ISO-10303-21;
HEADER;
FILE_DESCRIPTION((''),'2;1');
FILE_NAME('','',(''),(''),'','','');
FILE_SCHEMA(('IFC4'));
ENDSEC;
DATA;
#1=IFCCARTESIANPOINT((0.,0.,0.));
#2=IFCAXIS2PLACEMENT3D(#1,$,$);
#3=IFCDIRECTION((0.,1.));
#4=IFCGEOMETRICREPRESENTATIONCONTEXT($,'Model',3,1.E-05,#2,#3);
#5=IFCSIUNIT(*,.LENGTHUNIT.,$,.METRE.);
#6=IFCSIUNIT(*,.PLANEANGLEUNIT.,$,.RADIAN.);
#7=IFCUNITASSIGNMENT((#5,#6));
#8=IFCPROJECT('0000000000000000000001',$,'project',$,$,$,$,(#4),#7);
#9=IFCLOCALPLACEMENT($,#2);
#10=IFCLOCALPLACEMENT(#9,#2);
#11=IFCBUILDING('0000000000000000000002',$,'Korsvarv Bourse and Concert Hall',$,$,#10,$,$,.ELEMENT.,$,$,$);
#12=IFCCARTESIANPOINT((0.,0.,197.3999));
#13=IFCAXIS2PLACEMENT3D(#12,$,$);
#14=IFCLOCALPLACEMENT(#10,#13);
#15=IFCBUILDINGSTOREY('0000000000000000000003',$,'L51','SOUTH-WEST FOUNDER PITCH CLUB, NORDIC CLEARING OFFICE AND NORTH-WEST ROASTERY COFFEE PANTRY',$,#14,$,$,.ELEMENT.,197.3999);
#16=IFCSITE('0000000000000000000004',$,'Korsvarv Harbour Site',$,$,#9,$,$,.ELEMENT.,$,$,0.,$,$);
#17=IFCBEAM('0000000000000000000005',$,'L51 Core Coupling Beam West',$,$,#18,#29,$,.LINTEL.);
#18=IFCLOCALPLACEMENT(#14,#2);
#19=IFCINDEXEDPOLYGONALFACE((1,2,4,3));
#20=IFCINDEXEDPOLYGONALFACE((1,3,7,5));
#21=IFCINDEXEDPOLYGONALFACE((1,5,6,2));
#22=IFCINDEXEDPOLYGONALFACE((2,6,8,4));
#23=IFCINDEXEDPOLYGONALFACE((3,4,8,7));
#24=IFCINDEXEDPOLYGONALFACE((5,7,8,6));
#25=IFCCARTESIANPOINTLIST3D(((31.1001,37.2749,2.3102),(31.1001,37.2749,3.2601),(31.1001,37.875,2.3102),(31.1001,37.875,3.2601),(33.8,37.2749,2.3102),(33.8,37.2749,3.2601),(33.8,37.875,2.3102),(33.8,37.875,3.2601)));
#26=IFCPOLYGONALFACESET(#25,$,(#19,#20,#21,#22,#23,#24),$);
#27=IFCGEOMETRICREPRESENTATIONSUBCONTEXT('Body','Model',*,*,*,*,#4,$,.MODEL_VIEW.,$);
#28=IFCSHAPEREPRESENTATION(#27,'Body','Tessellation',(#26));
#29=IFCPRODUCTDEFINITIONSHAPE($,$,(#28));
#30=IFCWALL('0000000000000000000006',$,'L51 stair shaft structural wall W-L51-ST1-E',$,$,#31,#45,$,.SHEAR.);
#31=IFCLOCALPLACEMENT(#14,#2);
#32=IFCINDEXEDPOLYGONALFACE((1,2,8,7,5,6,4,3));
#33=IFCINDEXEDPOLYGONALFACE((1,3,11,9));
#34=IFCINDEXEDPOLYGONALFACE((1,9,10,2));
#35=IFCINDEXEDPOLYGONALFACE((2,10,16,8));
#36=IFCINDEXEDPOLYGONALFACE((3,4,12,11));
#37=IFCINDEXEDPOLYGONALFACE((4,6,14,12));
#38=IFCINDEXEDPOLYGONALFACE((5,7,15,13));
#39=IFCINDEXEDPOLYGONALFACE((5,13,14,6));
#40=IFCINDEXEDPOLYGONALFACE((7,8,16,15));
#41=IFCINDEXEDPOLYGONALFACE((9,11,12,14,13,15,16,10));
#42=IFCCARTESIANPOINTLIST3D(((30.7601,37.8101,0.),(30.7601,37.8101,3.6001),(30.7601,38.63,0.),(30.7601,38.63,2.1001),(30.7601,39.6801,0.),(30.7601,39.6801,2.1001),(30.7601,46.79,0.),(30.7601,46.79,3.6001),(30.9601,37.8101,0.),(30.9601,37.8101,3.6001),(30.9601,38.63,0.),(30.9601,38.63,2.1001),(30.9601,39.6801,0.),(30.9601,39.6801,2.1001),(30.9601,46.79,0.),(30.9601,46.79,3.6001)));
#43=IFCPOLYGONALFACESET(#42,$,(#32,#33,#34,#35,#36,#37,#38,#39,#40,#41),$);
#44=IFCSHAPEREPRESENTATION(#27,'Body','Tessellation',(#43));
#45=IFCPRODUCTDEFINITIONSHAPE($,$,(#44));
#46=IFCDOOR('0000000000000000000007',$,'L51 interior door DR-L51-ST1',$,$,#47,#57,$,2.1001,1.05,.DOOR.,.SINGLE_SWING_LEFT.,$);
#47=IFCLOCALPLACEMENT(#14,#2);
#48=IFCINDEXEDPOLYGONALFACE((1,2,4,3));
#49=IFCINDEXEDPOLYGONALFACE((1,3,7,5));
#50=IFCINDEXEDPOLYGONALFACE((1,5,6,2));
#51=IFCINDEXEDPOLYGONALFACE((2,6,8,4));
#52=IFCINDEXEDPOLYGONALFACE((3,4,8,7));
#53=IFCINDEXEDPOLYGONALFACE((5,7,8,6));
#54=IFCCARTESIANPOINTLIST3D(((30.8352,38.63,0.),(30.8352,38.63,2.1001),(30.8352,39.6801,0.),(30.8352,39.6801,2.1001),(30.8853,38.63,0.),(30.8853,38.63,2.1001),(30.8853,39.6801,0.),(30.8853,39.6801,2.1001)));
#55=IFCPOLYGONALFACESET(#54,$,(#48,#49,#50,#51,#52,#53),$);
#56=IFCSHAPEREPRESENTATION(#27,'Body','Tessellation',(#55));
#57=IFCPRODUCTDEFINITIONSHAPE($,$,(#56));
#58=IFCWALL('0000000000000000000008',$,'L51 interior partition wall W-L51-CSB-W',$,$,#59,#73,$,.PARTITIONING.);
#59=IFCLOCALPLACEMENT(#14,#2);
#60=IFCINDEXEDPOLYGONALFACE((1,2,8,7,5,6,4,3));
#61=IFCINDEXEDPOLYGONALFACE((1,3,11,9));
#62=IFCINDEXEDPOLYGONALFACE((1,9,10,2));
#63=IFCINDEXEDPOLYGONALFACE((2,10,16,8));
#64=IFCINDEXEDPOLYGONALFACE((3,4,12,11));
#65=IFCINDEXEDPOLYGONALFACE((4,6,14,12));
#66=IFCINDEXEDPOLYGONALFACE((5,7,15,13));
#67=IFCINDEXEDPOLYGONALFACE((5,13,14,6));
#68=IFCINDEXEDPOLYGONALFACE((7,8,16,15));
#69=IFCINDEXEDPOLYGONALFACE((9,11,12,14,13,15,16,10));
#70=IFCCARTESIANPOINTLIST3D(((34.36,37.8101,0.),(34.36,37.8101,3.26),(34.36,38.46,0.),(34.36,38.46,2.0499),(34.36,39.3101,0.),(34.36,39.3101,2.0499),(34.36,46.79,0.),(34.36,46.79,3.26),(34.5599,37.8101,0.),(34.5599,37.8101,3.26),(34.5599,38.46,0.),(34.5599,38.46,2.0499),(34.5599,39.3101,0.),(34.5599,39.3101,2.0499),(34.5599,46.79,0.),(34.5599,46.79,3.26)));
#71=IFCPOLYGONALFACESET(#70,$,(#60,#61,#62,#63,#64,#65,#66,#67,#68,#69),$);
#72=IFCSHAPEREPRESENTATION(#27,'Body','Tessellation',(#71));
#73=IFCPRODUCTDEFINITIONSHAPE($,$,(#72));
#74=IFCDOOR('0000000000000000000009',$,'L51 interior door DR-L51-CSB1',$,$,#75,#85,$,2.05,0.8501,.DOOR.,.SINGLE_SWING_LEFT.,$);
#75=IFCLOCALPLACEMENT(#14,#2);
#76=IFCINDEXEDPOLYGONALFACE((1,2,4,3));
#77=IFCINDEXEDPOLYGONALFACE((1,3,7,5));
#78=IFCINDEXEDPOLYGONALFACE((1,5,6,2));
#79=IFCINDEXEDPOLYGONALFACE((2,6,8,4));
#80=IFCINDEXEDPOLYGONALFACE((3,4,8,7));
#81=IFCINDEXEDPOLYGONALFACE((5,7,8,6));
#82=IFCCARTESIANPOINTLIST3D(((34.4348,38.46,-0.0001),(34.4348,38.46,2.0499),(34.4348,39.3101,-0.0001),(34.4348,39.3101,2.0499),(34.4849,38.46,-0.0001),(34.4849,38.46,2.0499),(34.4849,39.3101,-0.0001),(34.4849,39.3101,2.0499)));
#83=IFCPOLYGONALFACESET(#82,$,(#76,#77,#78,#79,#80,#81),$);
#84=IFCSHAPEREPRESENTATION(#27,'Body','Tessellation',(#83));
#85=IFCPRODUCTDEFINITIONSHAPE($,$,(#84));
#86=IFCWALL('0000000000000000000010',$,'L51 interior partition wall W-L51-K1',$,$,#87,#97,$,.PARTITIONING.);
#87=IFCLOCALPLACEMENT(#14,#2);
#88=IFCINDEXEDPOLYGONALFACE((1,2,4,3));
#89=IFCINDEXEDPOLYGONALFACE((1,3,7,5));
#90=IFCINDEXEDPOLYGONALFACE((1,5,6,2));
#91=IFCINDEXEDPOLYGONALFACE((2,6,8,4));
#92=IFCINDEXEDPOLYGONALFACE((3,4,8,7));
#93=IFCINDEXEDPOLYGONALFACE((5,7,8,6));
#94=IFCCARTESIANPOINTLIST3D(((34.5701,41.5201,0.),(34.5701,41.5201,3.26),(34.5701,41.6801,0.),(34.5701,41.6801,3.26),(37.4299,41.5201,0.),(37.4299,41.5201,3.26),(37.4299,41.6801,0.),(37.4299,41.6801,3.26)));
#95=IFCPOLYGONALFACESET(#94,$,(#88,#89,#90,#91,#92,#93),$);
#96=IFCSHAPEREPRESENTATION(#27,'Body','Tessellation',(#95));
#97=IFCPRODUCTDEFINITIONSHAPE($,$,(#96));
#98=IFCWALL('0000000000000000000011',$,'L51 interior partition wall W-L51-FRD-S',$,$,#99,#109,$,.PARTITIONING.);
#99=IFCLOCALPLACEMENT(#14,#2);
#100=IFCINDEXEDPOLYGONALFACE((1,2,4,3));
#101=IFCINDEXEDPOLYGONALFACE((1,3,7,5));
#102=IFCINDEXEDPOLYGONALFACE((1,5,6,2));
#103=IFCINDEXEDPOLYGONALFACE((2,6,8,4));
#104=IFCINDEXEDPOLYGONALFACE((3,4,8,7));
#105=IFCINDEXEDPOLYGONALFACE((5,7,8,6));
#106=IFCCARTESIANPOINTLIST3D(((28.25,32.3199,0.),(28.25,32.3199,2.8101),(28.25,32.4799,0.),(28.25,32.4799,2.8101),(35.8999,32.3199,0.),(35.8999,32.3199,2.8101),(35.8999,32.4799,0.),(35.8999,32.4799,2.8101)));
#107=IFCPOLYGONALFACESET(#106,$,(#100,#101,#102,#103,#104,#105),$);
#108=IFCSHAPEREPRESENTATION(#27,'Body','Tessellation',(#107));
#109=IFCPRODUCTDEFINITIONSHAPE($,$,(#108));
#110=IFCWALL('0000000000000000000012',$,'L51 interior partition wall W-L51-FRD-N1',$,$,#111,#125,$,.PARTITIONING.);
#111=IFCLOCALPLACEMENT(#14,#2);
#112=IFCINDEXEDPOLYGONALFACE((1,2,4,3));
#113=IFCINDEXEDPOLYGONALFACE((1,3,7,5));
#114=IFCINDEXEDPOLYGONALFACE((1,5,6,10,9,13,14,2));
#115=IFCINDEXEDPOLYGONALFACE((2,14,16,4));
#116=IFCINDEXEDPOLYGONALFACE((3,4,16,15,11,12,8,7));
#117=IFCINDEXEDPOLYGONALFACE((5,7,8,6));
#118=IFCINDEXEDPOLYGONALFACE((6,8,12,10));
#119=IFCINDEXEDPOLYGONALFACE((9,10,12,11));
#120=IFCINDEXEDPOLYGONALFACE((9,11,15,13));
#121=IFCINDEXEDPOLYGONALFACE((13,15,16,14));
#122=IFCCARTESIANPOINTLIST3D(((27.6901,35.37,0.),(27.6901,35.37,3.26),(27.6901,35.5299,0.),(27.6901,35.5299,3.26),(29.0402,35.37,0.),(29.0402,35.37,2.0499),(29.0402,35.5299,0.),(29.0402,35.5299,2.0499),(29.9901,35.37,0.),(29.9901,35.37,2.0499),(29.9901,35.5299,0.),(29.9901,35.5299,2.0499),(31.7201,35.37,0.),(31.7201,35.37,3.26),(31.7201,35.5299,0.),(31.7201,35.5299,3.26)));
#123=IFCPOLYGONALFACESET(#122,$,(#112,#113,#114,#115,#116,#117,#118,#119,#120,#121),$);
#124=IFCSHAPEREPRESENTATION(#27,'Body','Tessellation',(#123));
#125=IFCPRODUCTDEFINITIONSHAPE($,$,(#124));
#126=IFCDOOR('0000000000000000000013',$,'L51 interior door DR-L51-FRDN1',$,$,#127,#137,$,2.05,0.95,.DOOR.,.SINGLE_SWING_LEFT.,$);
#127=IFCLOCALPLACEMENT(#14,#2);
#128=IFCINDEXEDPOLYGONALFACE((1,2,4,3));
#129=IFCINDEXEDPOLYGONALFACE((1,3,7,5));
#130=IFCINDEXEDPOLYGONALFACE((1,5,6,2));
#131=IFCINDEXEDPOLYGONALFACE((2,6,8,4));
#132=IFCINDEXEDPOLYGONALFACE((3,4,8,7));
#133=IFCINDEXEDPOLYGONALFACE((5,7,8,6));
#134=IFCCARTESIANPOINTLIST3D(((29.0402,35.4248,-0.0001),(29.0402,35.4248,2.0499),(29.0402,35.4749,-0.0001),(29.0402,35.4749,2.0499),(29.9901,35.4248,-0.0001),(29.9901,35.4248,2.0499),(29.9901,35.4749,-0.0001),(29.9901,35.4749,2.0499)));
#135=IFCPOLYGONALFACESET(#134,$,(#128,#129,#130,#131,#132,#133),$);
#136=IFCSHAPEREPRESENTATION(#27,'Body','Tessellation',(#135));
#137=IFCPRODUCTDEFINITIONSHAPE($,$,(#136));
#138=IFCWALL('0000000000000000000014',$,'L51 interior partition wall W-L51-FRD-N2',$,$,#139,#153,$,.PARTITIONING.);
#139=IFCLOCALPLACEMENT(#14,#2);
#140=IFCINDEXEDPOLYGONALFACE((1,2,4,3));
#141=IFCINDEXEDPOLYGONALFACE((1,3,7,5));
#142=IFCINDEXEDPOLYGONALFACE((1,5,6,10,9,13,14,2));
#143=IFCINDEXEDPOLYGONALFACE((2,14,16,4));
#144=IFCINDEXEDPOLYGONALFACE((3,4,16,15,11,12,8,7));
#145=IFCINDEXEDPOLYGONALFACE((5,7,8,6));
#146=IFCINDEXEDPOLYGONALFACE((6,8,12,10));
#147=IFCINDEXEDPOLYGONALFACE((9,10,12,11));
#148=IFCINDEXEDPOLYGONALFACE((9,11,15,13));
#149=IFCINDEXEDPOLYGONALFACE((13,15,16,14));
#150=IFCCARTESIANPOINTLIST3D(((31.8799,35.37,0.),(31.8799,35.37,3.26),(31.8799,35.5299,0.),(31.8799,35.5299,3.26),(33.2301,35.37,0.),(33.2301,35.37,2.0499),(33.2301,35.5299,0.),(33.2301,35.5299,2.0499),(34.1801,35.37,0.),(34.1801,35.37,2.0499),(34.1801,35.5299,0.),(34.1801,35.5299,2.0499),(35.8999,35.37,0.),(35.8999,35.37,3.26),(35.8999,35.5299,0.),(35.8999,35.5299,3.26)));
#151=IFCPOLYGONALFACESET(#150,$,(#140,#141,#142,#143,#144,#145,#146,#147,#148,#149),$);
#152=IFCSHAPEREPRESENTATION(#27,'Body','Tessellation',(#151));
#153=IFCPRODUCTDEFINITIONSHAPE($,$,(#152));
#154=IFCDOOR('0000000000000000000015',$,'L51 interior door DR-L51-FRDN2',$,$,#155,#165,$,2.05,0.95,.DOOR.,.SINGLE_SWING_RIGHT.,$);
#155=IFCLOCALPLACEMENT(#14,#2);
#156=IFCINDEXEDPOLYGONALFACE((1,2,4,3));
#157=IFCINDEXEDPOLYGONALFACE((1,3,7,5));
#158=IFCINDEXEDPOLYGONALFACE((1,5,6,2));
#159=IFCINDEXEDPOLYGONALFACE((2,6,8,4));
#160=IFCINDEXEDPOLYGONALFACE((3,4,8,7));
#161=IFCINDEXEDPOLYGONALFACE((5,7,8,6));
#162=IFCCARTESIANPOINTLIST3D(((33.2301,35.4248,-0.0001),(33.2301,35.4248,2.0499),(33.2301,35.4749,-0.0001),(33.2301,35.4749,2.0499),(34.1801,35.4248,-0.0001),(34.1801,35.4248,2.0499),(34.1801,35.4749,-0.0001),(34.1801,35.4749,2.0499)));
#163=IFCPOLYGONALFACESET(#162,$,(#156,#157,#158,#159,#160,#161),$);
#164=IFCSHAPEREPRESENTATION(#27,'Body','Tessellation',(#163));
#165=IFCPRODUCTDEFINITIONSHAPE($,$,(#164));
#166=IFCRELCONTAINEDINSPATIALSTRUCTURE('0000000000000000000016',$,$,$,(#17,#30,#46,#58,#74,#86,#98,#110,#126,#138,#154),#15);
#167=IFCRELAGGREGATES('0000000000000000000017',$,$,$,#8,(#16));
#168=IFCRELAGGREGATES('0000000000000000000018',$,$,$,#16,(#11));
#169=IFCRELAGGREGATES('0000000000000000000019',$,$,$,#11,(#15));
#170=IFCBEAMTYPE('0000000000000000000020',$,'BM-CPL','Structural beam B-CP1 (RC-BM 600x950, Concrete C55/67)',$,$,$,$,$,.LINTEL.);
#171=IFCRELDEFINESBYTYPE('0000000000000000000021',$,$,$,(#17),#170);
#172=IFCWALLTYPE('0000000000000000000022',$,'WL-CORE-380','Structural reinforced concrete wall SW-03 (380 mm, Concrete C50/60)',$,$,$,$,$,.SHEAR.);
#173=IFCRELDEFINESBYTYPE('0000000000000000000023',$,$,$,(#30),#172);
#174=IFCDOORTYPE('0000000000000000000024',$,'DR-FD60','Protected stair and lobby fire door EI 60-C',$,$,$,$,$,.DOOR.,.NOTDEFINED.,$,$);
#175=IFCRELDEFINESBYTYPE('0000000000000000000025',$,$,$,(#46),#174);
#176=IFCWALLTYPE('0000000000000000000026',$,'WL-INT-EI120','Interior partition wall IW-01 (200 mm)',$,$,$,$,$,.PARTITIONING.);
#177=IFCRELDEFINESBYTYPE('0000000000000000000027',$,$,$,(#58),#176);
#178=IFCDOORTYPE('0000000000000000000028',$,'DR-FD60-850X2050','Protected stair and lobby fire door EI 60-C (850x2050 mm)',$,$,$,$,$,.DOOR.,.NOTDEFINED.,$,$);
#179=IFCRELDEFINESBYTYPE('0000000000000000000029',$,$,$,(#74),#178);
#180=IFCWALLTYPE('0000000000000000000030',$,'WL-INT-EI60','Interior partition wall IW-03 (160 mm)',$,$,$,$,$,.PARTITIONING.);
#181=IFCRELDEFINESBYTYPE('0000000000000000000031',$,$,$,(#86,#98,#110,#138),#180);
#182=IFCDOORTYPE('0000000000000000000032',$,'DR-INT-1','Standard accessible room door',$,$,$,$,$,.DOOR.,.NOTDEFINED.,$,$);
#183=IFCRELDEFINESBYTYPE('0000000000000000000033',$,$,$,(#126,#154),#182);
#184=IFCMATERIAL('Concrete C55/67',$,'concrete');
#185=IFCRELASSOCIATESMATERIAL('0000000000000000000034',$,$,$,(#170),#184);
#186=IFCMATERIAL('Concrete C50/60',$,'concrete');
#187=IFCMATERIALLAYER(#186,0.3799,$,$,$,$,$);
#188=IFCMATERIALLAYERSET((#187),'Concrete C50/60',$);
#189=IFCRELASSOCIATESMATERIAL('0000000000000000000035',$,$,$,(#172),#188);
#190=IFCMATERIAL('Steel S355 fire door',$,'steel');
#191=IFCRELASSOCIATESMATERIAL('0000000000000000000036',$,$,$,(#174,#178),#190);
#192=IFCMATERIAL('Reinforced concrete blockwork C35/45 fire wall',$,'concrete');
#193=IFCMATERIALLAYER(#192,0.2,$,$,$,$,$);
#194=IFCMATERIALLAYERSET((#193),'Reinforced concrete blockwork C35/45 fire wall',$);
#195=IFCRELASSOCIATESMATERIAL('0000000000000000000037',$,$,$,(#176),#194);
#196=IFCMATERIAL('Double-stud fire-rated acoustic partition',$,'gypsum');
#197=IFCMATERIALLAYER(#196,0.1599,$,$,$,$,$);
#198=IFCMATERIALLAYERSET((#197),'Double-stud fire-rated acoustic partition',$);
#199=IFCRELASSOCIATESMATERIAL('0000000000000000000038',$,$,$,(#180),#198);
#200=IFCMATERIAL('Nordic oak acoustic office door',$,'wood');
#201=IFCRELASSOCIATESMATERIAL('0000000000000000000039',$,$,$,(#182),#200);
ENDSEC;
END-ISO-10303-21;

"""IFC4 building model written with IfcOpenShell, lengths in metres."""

from ifc_helpers import new_model, si_unit, direction, frame, frame_2d, origin, origin_2d, place, context, subcontext, project, spatial, rectangle, extrude, source, transform, mapped, material, layer, layer_set, material_profile, profile_set, type_object, element, fill, save


model = new_model("IFC4")

# Units and contexts
model_context = context("Model", 3, precision=1e-05, world=origin(), true_north=direction((0.0, 1.0)))
body_context = subcontext(model_context, "Body", "Model", "MODEL_VIEW")
ifc_project = project(units=[si_unit("LENGTHUNIT", "METRE"), si_unit("PLANEANGLEUNIT", "RADIAN")], contexts=[model_context])

# Site, building, storey
site_placement = place(None, origin())
site = spatial("IfcSite", under=ifc_project, at=site_placement, Name="Korsvarv Harbour Site", CompositionType="ELEMENT", RefElevation=0.0)
building_placement = place(site_placement, origin())
building = spatial("IfcBuilding", under=site, at=building_placement, Name="Korsvarv Bourse and Concert Hall", CompositionType="ELEMENT")
storey_placement = place(building_placement, frame((0.0, 0.0, 197.3999)))
storey = spatial("IfcBuildingStorey", under=building, at=storey_placement, Name="L51", Description="SOUTH-WEST FOUNDER PITCH CLUB, NORDIC CLEARING OFFICE AND NORTH-WEST ROASTERY COFFEE PANTRY", CompositionType="ELEMENT", Elevation=197.3999)

# Beam
ifc_material_1 = material(Name="Concrete C55/67", Category="concrete")
ifc_material_profile = material_profile(ifc_material_1, rectangle(XDim=0.6001, YDim=0.95, at=origin_2d()), Name="RC-BM 600x950")
ifc_profile_set = profile_set([ifc_material_profile], Name="Concrete C55/67")
beam_type = type_object("IfcBeamType", Name="BM-CPL", Description="Structural beam B-CP1 (RC-BM 600x950, Concrete C55/67)", PredefinedType="LINTEL", material=ifc_profile_set)
shared_shape = source(origin(), body_context, "Body", "SweptSolid", [
    extrude(rectangle(XDim=0.6001, YDim=0.95, at=origin_2d()), origin(), (0.0, 0.0, 1.0), 2.7),
])
beam_placement = place(storey_placement, frame((31.1001, 37.575, 2.7852), z_axis=(1.0, 0.0, 0.0), x_axis=(0.0, 1.0, 0.0)))
element("IfcBeam", 1, at=beam_placement, inside=storey, type_object=beam_type, Name="L51 Core Coupling Beam West", PredefinedType="LINTEL", context=body_context, shape_type="MappedRepresentation", body=[
    mapped(shared_shape, transform((0.0, 0.0, 0.0), scale=1.0)),
])

# Walls, openings, doors
ifc_material_2 = material(Name="Concrete C50/60", Category="concrete")
ifc_layer_1 = layer(ifc_material_2, 0.3799)
ifc_layer_set_1 = layer_set([ifc_layer_1], Name="Concrete C50/60")
wall_type_1 = type_object("IfcWallType", Name="WL-CORE-380", Description="Structural reinforced concrete wall SW-03 (380 mm, Concrete C50/60)", PredefinedType="SHEAR", material=ifc_layer_set_1)
wall_1_placement = place(storey_placement, frame((30.8601, 37.8101, 0.0), z_axis=(0.0, 0.0, 1.0), x_axis=(0.0, 1.0, 0.0)))
wall_1 = element("IfcWall", 2, at=wall_1_placement, inside=storey, type_object=wall_type_1, Name="L51 stair shaft structural wall W-L51-ST1-E", PredefinedType="SHEAR", context=body_context, shape_type="SweptSolid", body=[
    extrude(rectangle(XDim=8.98, YDim=0.2, at=frame_2d((4.49, 0.0))), origin(), (0.0, 0.0, 1.0), 3.6001),
])
opening_1_placement = place(wall_1_placement, frame((0.8201, 0.0, 0.0)))
opening_1 = element("IfcOpeningElement", 3, at=opening_1_placement, cuts=wall_1, PredefinedType="OPENING", context=body_context, shape_type="SweptSolid", body=[
    extrude(rectangle(XDim=1.05, YDim=2.1001, at=frame_2d((0.5249, 1.05))), frame((0.0, 0.1099, 0.0), z_axis=(0.0, -1.0, 0.0), x_axis=(1.0, 0.0, 0.0)), (0.0, 0.0, 1.0), 0.22),
])
ifc_material_3 = material(Name="Steel S355 fire door", Category="steel")
door_type_1 = type_object("IfcDoorType", Name="DR-FD60", Description="Protected stair and lobby fire door EI 60-C", OperationType="NOTDEFINED", PredefinedType="DOOR", material=ifc_material_3)
door_1_placement = place(opening_1_placement, origin())
door_1 = element("IfcDoor", 4, at=door_1_placement, inside=storey, type_object=door_type_1, Name="L51 interior door DR-L51-ST1", OperationType="SINGLE_SWING_LEFT", OverallHeight=2.1001, OverallWidth=1.05, PredefinedType="DOOR", context=body_context, shape_type="SweptSolid", body=[
    extrude(rectangle(XDim=1.05, YDim=2.1001, at=frame_2d((0.5249, 1.05))), frame((0.0, 0.0249, 0.0), z_axis=(0.0, -1.0, 0.0), x_axis=(1.0, 0.0, 0.0)), (0.0, 0.0, 1.0), 0.05),
])
fill(opening_1, door_1)
ifc_material_4 = material(Name="Reinforced concrete blockwork C35/45 fire wall", Category="concrete")
ifc_layer_2 = layer(ifc_material_4, 0.2)
ifc_layer_set_2 = layer_set([ifc_layer_2], Name="Reinforced concrete blockwork C35/45 fire wall")
wall_type_2 = type_object("IfcWallType", Name="WL-INT-EI120", Description="Interior partition wall IW-01 (200 mm)", PredefinedType="PARTITIONING", material=ifc_layer_set_2)
wall_2_placement = place(storey_placement, frame((34.46, 37.8101, 0.0), z_axis=(0.0, 0.0, 1.0), x_axis=(0.0, 1.0, 0.0)))
wall_2 = element("IfcWall", 5, at=wall_2_placement, inside=storey, type_object=wall_type_2, Name="L51 interior partition wall W-L51-CSB-W", PredefinedType="PARTITIONING", context=body_context, shape_type="SweptSolid", body=[
    extrude(rectangle(XDim=8.98, YDim=0.2, at=frame_2d((4.49, 0.0))), origin(), (0.0, 0.0, 1.0), 3.26),
])
opening_2_placement = place(wall_2_placement, frame((0.6499, 0.0, 0.0)))
opening_2 = element("IfcOpeningElement", 6, at=opening_2_placement, cuts=wall_2, PredefinedType="OPENING", context=body_context, shape_type="SweptSolid", body=[
    extrude(rectangle(XDim=0.8501, YDim=2.05, at=frame_2d((0.425, 1.0249))), frame((0.0, 0.1099, 0.0), z_axis=(0.0, -1.0, 0.0), x_axis=(1.0, 0.0, 0.0)), (0.0, 0.0, 1.0), 0.22),
])
door_type_2 = type_object("IfcDoorType", Name="DR-FD60-850X2050", Description="Protected stair and lobby fire door EI 60-C (850x2050 mm)", OperationType="NOTDEFINED", PredefinedType="DOOR", material=ifc_material_3)
door_2_placement = place(opening_2_placement, frame((0.8501, 0.0, 0.0), z_axis=(0.0, 0.0, 1.0), x_axis=(-1.0, 0.0, 0.0)))
door_2 = element("IfcDoor", 7, at=door_2_placement, inside=storey, type_object=door_type_2, Name="L51 interior door DR-L51-CSB1", OperationType="SINGLE_SWING_LEFT", OverallHeight=2.05, OverallWidth=0.8501, PredefinedType="DOOR", context=body_context, shape_type="SweptSolid", body=[
    extrude(rectangle(XDim=0.8501, YDim=2.05, at=frame_2d((0.425, 1.0249))), frame((0.0, 0.0249, 0.0), z_axis=(0.0, -1.0, 0.0), x_axis=(1.0, 0.0, 0.0)), (0.0, 0.0, 1.0), 0.05),
])
fill(opening_2, door_2)

# Walls
ifc_material_5 = material(Name="Double-stud fire-rated acoustic partition", Category="gypsum")
ifc_layer_3 = layer(ifc_material_5, 0.1599)
ifc_layer_set_3 = layer_set([ifc_layer_3], Name="Double-stud fire-rated acoustic partition")
wall_type_3 = type_object("IfcWallType", Name="WL-INT-EI60", Description="Interior partition wall IW-03 (160 mm)", PredefinedType="PARTITIONING", material=ifc_layer_set_3)
wall_3_placement = place(storey_placement, frame((34.5701, 41.6001, 0.0), z_axis=(0.0, 0.0, 1.0), x_axis=(1.0, 0.0, 0.0)))
element("IfcWall", 8, at=wall_3_placement, inside=storey, type_object=wall_type_3, Name="L51 interior partition wall W-L51-K1", PredefinedType="PARTITIONING", context=body_context, shape_type="SweptSolid", body=[
    extrude(rectangle(XDim=2.8599, YDim=0.1599, at=frame_2d((1.4299, 0.0))), origin(), (0.0, 0.0, 1.0), 3.26),
])
wall_4_placement = place(storey_placement, frame((28.25, 32.3999, 0.0), z_axis=(0.0, 0.0, 1.0), x_axis=(1.0, 0.0, 0.0)))
element("IfcWall", 9, at=wall_4_placement, inside=storey, type_object=wall_type_3, Name="L51 interior partition wall W-L51-FRD-S", PredefinedType="PARTITIONING", context=body_context, shape_type="SweptSolid", body=[
    extrude(rectangle(XDim=7.6499, YDim=0.1599, at=frame_2d((3.825, 0.0))), origin(), (0.0, 0.0, 1.0), 2.8101),
])

# Walls, openings, doors
wall_5_placement = place(storey_placement, frame((27.6899, 35.45, 0.0), z_axis=(0.0, 0.0, 1.0), x_axis=(1.0, 0.0, 0.0)))
wall_5 = element("IfcWall", 10, at=wall_5_placement, inside=storey, type_object=wall_type_3, Name="L51 interior partition wall W-L51-FRD-N1", PredefinedType="PARTITIONING", context=body_context, shape_type="SweptSolid", body=[
    extrude(rectangle(XDim=4.03, YDim=0.1599, at=frame_2d((2.0151, 0.0))), origin(), (0.0, 0.0, 1.0), 3.26),
])
opening_3_placement = place(wall_5_placement, frame((1.3501, 0.0, 0.0)))
opening_3 = element("IfcOpeningElement", 11, at=opening_3_placement, cuts=wall_5, PredefinedType="OPENING", context=body_context, shape_type="SweptSolid", body=[
    extrude(rectangle(XDim=0.95, YDim=2.05, at=frame_2d((0.4751, 1.0249))), frame((0.0, 0.0898, 0.0), z_axis=(0.0, -1.0, 0.0), x_axis=(1.0, 0.0, 0.0)), (0.0, 0.0, 1.0), 0.1799),
])
ifc_material_6 = material(Name="Nordic oak acoustic office door", Category="wood")
door_type_3 = type_object("IfcDoorType", Name="DR-INT-1", Description="Standard accessible room door", OperationType="NOTDEFINED", PredefinedType="DOOR", material=ifc_material_6)
door_3_placement = place(opening_3_placement, origin())
door_3 = element("IfcDoor", 12, at=door_3_placement, inside=storey, type_object=door_type_3, Name="L51 interior door DR-L51-FRDN1", OperationType="SINGLE_SWING_LEFT", OverallHeight=2.05, OverallWidth=0.95, PredefinedType="DOOR", context=body_context, shape_type="SweptSolid", body=[
    extrude(rectangle(XDim=0.95, YDim=2.05, at=frame_2d((0.4751, 1.0249))), frame((0.0, 0.0249, 0.0), z_axis=(0.0, -1.0, 0.0), x_axis=(1.0, 0.0, 0.0)), (0.0, 0.0, 1.0), 0.05),
])
fill(opening_3, door_3)
wall_6_placement = place(storey_placement, frame((31.8799, 35.45, 0.0), z_axis=(0.0, 0.0, 1.0), x_axis=(1.0, 0.0, 0.0)))
wall_6 = element("IfcWall", 13, at=wall_6_placement, inside=storey, type_object=wall_type_3, Name="L51 interior partition wall W-L51-FRD-N2", PredefinedType="PARTITIONING", context=body_context, shape_type="SweptSolid", body=[
    extrude(rectangle(XDim=4.02, YDim=0.1599, at=frame_2d((2.01, 0.0))), origin(), (0.0, 0.0, 1.0), 3.26),
])
opening_4_placement = place(wall_6_placement, frame((1.3501, 0.0, 0.0)))
opening_4 = element("IfcOpeningElement", 14, at=opening_4_placement, cuts=wall_6, PredefinedType="OPENING", context=body_context, shape_type="SweptSolid", body=[
    extrude(rectangle(XDim=0.95, YDim=2.05, at=frame_2d((0.4751, 1.0249))), frame((0.0, 0.0898, 0.0), z_axis=(0.0, -1.0, 0.0), x_axis=(1.0, 0.0, 0.0)), (0.0, 0.0, 1.0), 0.1799),
])
door_4_placement = place(opening_4_placement, origin())
door_4 = element("IfcDoor", 15, at=door_4_placement, inside=storey, type_object=door_type_3, Name="L51 interior door DR-L51-FRDN2", OperationType="SINGLE_SWING_RIGHT", OverallHeight=2.05, OverallWidth=0.95, PredefinedType="DOOR", context=body_context, shape_type="SweptSolid", body=[
    extrude(rectangle(XDim=0.95, YDim=2.05, at=frame_2d((0.4751, 1.0249))), frame((0.0, 0.0249, 0.0), z_axis=(0.0, -1.0, 0.0), x_axis=(1.0, 0.0, 0.0)), (0.0, 0.0, 1.0), 0.05),
])
fill(opening_4, door_4)

save(model, "model.ifc")
